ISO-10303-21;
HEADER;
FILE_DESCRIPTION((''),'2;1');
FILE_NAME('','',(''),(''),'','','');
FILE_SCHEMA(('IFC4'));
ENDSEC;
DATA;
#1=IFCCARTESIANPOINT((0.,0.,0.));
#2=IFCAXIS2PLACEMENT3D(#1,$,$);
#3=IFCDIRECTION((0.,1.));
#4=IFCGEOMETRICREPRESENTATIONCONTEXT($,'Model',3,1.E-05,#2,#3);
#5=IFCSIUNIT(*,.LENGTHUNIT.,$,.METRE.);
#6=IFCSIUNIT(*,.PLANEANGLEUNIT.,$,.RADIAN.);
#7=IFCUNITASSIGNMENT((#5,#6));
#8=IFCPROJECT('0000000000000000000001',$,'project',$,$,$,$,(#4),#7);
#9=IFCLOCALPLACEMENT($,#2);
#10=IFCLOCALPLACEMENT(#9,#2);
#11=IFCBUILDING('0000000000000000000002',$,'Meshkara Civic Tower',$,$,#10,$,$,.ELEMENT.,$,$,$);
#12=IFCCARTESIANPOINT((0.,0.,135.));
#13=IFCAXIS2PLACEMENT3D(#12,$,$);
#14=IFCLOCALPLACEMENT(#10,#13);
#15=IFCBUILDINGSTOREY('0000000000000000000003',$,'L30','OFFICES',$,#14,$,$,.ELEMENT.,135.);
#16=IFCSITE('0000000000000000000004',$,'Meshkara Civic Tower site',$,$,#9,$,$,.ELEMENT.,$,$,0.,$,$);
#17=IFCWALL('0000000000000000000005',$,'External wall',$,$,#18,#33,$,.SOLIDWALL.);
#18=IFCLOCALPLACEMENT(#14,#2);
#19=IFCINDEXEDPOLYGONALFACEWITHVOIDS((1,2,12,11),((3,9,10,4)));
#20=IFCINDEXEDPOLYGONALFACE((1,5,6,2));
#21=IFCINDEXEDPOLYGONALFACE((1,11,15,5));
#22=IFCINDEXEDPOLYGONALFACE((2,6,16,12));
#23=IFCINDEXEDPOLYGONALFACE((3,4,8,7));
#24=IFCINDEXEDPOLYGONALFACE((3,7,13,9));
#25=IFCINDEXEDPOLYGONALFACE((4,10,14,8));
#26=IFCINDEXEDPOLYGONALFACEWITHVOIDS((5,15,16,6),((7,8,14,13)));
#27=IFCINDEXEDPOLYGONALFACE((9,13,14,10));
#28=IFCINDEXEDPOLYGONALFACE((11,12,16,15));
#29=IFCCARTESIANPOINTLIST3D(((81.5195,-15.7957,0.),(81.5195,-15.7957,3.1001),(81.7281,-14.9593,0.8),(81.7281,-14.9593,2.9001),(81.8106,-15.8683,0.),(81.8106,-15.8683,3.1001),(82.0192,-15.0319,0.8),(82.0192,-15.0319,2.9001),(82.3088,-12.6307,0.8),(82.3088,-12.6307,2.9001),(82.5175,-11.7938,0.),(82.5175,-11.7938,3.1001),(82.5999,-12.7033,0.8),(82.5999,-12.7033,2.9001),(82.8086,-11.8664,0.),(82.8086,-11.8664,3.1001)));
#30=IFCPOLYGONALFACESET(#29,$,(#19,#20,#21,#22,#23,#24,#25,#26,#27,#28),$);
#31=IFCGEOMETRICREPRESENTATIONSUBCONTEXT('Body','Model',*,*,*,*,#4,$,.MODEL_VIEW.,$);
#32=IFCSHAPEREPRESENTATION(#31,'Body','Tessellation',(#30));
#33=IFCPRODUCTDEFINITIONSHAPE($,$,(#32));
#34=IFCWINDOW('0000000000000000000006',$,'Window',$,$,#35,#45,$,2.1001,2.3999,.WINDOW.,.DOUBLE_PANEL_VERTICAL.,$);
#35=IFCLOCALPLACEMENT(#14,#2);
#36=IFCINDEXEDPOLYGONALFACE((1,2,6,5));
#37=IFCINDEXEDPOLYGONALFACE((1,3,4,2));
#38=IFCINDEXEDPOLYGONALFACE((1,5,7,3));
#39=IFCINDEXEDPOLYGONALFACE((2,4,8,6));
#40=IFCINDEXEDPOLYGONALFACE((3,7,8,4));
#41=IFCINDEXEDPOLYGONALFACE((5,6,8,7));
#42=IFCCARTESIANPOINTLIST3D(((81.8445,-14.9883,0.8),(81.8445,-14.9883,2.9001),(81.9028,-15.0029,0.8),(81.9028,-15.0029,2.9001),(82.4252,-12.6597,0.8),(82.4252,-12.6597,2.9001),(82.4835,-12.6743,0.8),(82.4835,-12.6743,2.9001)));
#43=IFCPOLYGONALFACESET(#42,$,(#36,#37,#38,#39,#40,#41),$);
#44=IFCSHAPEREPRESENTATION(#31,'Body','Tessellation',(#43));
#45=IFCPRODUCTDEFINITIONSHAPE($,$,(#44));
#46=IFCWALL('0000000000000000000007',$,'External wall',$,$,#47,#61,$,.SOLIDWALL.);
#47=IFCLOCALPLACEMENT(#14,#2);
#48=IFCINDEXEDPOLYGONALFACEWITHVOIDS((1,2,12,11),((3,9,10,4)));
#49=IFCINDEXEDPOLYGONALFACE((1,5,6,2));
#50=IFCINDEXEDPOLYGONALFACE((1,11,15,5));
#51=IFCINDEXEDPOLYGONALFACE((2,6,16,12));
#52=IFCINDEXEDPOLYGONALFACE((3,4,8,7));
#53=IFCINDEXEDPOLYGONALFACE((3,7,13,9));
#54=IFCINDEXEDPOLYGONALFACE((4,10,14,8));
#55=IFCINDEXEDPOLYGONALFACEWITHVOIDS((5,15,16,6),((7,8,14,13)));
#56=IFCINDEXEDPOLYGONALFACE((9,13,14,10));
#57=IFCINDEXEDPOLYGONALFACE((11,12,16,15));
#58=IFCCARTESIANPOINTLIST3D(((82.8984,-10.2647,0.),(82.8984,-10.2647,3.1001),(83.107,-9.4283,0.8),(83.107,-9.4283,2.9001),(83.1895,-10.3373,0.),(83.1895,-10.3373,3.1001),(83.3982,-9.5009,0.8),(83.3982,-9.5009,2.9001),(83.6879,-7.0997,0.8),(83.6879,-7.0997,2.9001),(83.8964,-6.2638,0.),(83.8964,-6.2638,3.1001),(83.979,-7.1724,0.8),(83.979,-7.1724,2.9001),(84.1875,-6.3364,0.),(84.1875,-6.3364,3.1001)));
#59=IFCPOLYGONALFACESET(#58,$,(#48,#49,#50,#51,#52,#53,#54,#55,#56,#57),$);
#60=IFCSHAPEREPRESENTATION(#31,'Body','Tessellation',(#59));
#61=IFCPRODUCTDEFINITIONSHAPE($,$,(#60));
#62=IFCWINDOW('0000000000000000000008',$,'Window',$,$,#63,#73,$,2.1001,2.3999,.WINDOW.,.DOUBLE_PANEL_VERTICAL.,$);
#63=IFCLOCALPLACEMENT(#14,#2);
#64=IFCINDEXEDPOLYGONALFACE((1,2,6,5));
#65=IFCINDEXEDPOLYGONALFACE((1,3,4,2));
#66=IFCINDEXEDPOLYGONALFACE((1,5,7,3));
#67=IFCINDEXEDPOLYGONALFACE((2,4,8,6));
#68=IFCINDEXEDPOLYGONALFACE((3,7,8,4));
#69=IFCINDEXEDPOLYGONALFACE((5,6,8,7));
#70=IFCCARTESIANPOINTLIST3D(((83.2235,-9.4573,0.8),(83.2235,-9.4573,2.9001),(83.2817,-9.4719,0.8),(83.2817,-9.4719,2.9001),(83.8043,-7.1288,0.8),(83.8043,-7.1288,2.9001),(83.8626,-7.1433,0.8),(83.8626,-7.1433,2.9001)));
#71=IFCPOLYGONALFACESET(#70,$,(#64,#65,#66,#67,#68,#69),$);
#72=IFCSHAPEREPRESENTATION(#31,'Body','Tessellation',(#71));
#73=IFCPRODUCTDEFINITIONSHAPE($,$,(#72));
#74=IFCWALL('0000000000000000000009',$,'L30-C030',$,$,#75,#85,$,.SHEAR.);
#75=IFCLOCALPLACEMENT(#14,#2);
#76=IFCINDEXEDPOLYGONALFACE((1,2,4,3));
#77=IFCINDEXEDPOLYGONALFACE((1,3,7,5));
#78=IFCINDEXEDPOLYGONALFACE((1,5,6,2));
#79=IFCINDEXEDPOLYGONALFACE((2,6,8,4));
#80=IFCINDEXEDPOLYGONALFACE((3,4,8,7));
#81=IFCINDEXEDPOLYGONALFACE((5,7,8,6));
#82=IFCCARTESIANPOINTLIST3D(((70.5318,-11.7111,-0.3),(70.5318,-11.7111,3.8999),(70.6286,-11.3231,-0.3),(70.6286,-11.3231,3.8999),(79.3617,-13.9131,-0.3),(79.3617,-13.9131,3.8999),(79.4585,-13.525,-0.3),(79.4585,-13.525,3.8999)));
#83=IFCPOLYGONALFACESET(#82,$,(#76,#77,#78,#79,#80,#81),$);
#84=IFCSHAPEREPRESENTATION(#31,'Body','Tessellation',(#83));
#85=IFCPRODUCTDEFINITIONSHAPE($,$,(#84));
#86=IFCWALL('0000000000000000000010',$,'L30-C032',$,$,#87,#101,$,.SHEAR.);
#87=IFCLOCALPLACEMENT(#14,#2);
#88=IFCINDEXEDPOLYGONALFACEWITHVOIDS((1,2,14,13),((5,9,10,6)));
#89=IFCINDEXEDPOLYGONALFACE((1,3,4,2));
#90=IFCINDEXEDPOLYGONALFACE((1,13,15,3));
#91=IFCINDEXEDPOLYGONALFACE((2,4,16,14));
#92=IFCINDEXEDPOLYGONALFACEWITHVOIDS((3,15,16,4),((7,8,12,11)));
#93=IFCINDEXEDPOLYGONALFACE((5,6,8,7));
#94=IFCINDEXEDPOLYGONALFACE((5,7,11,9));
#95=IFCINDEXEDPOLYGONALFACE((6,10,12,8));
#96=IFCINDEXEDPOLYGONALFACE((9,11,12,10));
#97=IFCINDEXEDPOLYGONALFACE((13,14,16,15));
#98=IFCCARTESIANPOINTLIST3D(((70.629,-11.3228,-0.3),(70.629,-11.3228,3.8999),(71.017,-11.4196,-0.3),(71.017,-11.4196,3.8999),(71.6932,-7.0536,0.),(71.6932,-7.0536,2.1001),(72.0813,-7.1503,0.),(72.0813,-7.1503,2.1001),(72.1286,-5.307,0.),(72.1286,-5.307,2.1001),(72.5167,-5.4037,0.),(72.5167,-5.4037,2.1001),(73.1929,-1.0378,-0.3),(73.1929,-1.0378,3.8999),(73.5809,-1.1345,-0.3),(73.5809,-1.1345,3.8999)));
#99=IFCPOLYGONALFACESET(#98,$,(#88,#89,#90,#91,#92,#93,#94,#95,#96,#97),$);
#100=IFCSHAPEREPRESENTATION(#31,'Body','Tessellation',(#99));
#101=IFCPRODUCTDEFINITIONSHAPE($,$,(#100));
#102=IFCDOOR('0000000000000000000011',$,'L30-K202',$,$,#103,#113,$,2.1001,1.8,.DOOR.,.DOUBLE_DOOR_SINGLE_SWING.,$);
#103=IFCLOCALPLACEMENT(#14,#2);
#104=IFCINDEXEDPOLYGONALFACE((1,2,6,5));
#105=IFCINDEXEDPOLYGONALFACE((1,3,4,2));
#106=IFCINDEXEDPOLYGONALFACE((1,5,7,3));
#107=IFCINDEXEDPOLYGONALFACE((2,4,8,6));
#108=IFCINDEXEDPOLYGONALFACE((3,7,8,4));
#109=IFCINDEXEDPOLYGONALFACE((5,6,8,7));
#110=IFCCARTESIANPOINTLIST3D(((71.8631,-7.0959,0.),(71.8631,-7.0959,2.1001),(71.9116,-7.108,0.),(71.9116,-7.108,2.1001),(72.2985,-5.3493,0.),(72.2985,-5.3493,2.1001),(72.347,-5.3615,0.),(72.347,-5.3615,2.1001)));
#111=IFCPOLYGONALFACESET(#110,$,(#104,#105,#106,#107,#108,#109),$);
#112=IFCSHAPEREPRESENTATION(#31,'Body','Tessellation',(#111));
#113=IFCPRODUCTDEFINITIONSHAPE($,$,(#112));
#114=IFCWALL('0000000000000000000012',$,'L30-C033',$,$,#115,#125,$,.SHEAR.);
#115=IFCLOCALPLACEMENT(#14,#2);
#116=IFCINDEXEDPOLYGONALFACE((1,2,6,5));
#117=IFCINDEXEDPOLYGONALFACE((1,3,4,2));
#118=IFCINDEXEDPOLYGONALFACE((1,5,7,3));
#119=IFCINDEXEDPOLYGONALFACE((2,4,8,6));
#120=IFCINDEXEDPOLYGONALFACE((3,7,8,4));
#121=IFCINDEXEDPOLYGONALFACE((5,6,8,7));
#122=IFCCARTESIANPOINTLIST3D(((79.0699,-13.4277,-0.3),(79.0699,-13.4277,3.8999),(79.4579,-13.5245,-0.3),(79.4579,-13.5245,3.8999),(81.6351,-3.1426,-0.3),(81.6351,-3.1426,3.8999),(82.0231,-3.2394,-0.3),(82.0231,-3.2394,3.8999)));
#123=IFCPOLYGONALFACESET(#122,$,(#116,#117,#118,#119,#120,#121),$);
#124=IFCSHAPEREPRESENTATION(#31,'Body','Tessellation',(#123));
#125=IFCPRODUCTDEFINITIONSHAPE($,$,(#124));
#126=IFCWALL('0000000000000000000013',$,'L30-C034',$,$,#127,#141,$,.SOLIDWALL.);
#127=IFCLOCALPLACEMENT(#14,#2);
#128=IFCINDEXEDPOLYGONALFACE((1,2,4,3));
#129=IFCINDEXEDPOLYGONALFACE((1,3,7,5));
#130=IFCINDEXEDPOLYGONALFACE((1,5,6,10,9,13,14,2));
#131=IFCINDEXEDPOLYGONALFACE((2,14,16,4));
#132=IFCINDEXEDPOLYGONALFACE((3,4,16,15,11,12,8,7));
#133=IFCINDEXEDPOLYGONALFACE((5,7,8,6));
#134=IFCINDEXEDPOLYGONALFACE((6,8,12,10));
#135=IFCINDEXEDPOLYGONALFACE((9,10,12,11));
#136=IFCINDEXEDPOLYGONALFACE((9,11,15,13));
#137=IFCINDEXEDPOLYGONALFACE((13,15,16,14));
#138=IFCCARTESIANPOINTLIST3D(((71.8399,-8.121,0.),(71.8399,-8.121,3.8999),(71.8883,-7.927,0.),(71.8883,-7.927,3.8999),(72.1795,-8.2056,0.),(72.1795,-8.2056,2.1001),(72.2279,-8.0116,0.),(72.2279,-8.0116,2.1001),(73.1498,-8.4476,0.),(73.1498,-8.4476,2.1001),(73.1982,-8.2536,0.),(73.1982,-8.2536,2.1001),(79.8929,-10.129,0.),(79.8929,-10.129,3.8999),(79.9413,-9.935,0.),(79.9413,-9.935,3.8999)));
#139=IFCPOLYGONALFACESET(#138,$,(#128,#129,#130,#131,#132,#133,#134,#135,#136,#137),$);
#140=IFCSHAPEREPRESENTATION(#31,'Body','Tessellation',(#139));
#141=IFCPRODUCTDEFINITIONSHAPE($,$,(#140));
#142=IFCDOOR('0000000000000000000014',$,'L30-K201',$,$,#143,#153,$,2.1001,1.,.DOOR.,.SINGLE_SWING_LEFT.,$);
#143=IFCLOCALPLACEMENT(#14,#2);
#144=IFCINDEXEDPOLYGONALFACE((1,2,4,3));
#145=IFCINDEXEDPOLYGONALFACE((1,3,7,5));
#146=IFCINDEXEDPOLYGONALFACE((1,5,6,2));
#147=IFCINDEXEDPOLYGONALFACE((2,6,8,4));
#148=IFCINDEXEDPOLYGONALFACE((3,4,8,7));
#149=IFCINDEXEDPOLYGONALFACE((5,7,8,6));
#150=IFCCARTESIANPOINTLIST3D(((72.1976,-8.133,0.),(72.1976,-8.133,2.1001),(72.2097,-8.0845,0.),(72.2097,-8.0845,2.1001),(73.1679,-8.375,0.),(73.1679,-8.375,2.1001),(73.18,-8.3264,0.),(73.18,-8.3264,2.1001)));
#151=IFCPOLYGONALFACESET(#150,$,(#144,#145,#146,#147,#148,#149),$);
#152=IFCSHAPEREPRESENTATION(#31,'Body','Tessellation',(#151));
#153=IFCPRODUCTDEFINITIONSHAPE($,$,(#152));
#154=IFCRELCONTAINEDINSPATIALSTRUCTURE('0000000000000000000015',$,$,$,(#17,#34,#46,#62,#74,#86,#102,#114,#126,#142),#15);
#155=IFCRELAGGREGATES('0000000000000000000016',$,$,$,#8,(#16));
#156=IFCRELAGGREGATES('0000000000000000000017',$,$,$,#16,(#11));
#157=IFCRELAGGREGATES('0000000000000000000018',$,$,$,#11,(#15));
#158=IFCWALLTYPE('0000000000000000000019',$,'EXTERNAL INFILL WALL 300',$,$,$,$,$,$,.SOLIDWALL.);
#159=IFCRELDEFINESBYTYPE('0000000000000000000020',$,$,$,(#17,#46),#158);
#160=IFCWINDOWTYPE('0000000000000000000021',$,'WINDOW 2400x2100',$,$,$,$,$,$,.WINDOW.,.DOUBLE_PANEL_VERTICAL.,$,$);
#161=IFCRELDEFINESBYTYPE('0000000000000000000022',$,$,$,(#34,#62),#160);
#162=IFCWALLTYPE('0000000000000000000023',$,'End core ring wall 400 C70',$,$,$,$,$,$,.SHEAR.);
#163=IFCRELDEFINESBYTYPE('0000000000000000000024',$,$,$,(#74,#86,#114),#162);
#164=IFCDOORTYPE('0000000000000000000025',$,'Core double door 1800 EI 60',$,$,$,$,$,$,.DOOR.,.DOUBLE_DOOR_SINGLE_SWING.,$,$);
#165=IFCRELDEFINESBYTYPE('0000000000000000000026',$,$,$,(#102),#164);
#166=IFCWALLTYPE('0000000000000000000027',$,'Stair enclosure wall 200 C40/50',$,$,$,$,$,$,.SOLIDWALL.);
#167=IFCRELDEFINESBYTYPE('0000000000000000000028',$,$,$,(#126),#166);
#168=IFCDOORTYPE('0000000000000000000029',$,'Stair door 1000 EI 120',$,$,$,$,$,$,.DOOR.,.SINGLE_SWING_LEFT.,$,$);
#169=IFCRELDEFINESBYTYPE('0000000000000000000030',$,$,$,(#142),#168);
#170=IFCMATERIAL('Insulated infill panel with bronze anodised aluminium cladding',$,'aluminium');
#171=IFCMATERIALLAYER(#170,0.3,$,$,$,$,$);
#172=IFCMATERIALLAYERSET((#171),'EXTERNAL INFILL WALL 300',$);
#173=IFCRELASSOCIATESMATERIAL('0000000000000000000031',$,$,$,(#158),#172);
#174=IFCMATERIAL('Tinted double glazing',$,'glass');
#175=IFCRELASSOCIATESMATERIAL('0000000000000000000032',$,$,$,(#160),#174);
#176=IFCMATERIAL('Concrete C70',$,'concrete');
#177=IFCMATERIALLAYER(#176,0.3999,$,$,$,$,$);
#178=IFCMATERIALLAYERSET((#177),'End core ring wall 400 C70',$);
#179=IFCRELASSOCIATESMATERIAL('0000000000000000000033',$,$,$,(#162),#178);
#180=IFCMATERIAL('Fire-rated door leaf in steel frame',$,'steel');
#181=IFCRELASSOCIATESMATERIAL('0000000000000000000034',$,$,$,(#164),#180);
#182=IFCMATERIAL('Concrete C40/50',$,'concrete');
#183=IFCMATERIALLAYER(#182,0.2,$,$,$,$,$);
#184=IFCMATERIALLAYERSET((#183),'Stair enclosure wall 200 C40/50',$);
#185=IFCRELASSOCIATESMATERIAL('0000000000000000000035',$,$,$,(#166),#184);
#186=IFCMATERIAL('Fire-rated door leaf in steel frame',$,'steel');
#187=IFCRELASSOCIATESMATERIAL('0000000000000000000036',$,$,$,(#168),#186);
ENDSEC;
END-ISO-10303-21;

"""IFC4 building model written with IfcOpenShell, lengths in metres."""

from ifc_helpers import new_model, si_unit, direction, frame, frame_2d, origin, place, context, subcontext, project, spatial, rectangle, extrude, material, layer, layer_set, type_object, element, fill, save


model = new_model("IFC4")

# Units and contexts
model_context = context("Model", 3, precision=1e-05, world=origin(), true_north=direction((0.0, 1.0)))
body_context = subcontext(model_context, "Body", "Model", "MODEL_VIEW")
ifc_project = project(units=[si_unit("LENGTHUNIT", "METRE"), si_unit("PLANEANGLEUNIT", "RADIAN")], contexts=[model_context])

# Site, building, storey
site_placement = place(None, origin())
site = spatial("IfcSite", under=ifc_project, at=site_placement, Name="Meshkara Civic Tower site", CompositionType="ELEMENT", RefElevation=0.0)
building_placement = place(site_placement, origin())
building = spatial("IfcBuilding", under=site, at=building_placement, Name="Meshkara Civic Tower", CompositionType="ELEMENT")
storey_placement = place(building_placement, frame((0.0, 0.0, 135.0)))
storey = spatial("IfcBuildingStorey", under=building, at=storey_placement, Name="L30", Description="OFFICES", CompositionType="ELEMENT", Elevation=135.0)

# Walls, openings, windows
ifc_material_1 = material(Name="Insulated infill panel with bronze anodised aluminium cladding", Category="aluminium")
ifc_layer_1 = layer(ifc_material_1, 0.3)
ifc_layer_set_1 = layer_set([ifc_layer_1], Name="EXTERNAL INFILL WALL 300")
wall_type_1 = type_object("IfcWallType", Name="EXTERNAL INFILL WALL 300", PredefinedType="SOLIDWALL", material=ifc_layer_set_1)
ifc_material_2 = material(Name="Tinted double glazing", Category="glass")
window_type_1 = type_object("IfcWindowType", Name="WINDOW 2400x2100", PartitioningType="DOUBLE_PANEL_VERTICAL", PredefinedType="WINDOW", material=ifc_material_2)
wall_1_placement = place(storey_placement, frame((81.665, -15.832, 0.0), z_axis=(0.0, 0.0, 1.0), x_axis=(0.241978, 0.970282, 0.0)))
wall_1 = element("IfcWall", 1, at=wall_1_placement, inside=storey, type_object=wall_type_1, Name="External wall", PredefinedType="SOLIDWALL", context=body_context, shape_type="SweptSolid", body=[
    extrude(rectangle(XDim=4.1245, YDim=0.3, at=frame_2d((2.0623, 0.0))), origin(), (0.0, 0.0, 1.0), 3.1001),
])
opening_1_placement = place(wall_1_placement, frame((0.8621, 0.0, 0.8)))
opening_1 = element("IfcOpeningElement", 2, at=opening_1_placement, cuts=wall_1, PredefinedType="OPENING", context=body_context, shape_type="SweptSolid", body=[
    extrude(rectangle(XDim=2.3999, YDim=2.1001, at=frame_2d((1.2, 1.05))), frame((0.0, 0.1599, 0.0), z_axis=(0.0, -1.0, 0.0), x_axis=(1.0, 0.0, 0.0)), (0.0, 0.0, 1.0), 0.3201),
])
window_1_placement = place(opening_1_placement, origin())
window_1 = element("IfcWindow", 3, at=window_1_placement, inside=storey, type_object=window_type_1, Name="Window", OverallHeight=2.1001, OverallWidth=2.3999, PartitioningType="DOUBLE_PANEL_VERTICAL", PredefinedType="WINDOW", context=body_context, shape_type="SweptSolid", body=[
    extrude(rectangle(XDim=2.3999, YDim=2.1001, at=frame_2d((1.2, 1.05))), frame((0.0, 0.03, 0.0), z_axis=(0.0, -1.0, 0.0), x_axis=(1.0, 0.0, 0.0)), (0.0, 0.0, 1.0), 0.0601),
])
fill(opening_1, window_1)
wall_2_placement = place(storey_placement, frame((83.0439, -10.301, 0.0), z_axis=(0.0, 0.0, 1.0), x_axis=(0.242034, 0.970268, 0.0)))
wall_2 = element("IfcWall", 4, at=wall_2_placement, inside=storey, type_object=wall_type_1, Name="External wall", PredefinedType="SOLIDWALL", context=body_context, shape_type="SweptSolid", body=[
    extrude(rectangle(XDim=4.1235, YDim=0.3, at=frame_2d((2.0618, 0.0))), origin(), (0.0, 0.0, 1.0), 3.1001),
])
opening_2_placement = place(wall_2_placement, frame((0.8621, 0.0, 0.8)))
opening_2 = element("IfcOpeningElement", 5, at=opening_2_placement, cuts=wall_2, PredefinedType="OPENING", context=body_context, shape_type="SweptSolid", body=[
    extrude(rectangle(XDim=2.3999, YDim=2.1001, at=frame_2d((1.2, 1.05))), frame((0.0, 0.1599, 0.0), z_axis=(0.0, -1.0, 0.0), x_axis=(1.0, 0.0, 0.0)), (0.0, 0.0, 1.0), 0.3201),
])
window_2_placement = place(opening_2_placement, origin())
window_2 = element("IfcWindow", 6, at=window_2_placement, inside=storey, type_object=window_type_1, Name="Window", OverallHeight=2.1001, OverallWidth=2.3999, PartitioningType="DOUBLE_PANEL_VERTICAL", PredefinedType="WINDOW", context=body_context, shape_type="SweptSolid", body=[
    extrude(rectangle(XDim=2.3999, YDim=2.1001, at=frame_2d((1.2, 1.05))), frame((0.0, 0.03, 0.0), z_axis=(0.0, -1.0, 0.0), x_axis=(1.0, 0.0, 0.0)), (0.0, 0.0, 1.0), 0.0601),
])
fill(opening_2, window_2)

# Wall
ifc_material_3 = material(Name="Concrete C70", Category="concrete")
ifc_layer_2 = layer(ifc_material_3, 0.3999)
ifc_layer_set_2 = layer_set([ifc_layer_2], Name="End core ring wall 400 C70")
wall_type_2 = type_object("IfcWallType", Name="End core ring wall 400 C70", PredefinedType="SHEAR", material=ifc_layer_set_2)
wall_3_placement = place(storey_placement, frame((70.5801, -11.5171, -0.3), z_axis=(0.0, 0.0, 1.0), x_axis=(0.970286, -0.241961, 0.0)))
element("IfcWall", 7, at=wall_3_placement, inside=storey, type_object=wall_type_2, Name="L30-C030", PredefinedType="SHEAR", context=body_context, shape_type="SweptSolid", body=[
    extrude(rectangle(XDim=9.1003, YDim=0.3999, at=frame_2d((4.5503, 0.0))), origin(), (0.0, 0.0, 1.0), 4.2),
])

# Wall, opening, door
wall_4_placement = place(storey_placement, frame((70.823, -11.3711, -0.3), z_axis=(0.0, 0.0, 1.0), x_axis=(0.241885, 0.970305, 0.0)))
wall_4 = element("IfcWall", 8, at=wall_4_placement, inside=storey, type_object=wall_type_2, Name="L30-C032", PredefinedType="SHEAR", context=body_context, shape_type="SweptSolid", body=[
    extrude(rectangle(XDim=10.5999, YDim=0.3999, at=frame_2d((5.2998, 0.0))), origin(), (0.0, 0.0, 1.0), 4.2),
])
opening_3_placement = place(wall_4_placement, frame((4.3999, 0.0, 0.3)))
opening_3 = element("IfcOpeningElement", 9, at=opening_3_placement, cuts=wall_4, PredefinedType="OPENING", context=body_context, shape_type="SweptSolid", body=[
    extrude(rectangle(XDim=1.8, YDim=2.1001, at=frame_2d((0.8999, 1.05))), frame((0.0, 0.21, 0.0), z_axis=(0.0, -1.0, 0.0), x_axis=(1.0, 0.0, 0.0)), (0.0, 0.0, 1.0), 0.4199),
])
ifc_material_4 = material(Name="Fire-rated door leaf in steel frame", Category="steel")
door_type_1 = type_object("IfcDoorType", Name="Core double door 1800 EI 60", OperationType="DOUBLE_DOOR_SINGLE_SWING", PredefinedType="DOOR", material=ifc_material_4)
door_1_placement = place(opening_3_placement, origin())
door_1 = element("IfcDoor", 10, at=door_1_placement, inside=storey, type_object=door_type_1, Name="L30-K202", OperationType="DOUBLE_DOOR_SINGLE_SWING", OverallHeight=2.1001, OverallWidth=1.8, PredefinedType="DOOR", context=body_context, shape_type="SweptSolid", body=[
    extrude(rectangle(XDim=1.8, YDim=2.1001, at=frame_2d((0.8999, 1.05))), frame((0.0, 0.0249, 0.0), z_axis=(0.0, -1.0, 0.0), x_axis=(1.0, 0.0, 0.0)), (0.0, 0.0, 1.0), 0.05),
])
fill(opening_3, door_1)

# Wall
wall_5_placement = place(storey_placement, frame((79.2639, -13.4761, -0.3), z_axis=(0.0, 0.0, 1.0), x_axis=(0.241994, 0.970278, 0.0)))
element("IfcWall", 11, at=wall_5_placement, inside=storey, type_object=wall_type_2, Name="L30-C033", PredefinedType="SHEAR", context=body_context, shape_type="SweptSolid", body=[
    extrude(rectangle(XDim=10.6001, YDim=0.3999, at=frame_2d((5.3, 0.0))), origin(), (0.0, 0.0, 1.0), 4.2),
])

# Wall, opening, door
ifc_material_5 = material(Name="Concrete C40/50", Category="concrete")
ifc_layer_3 = layer(ifc_material_5, 0.2)
ifc_layer_set_3 = layer_set([ifc_layer_3], Name="Stair enclosure wall 200 C40/50")
wall_type_3 = type_object("IfcWallType", Name="Stair enclosure wall 200 C40/50", PredefinedType="SOLIDWALL", material=ifc_layer_set_3)
wall_6_placement = place(storey_placement, frame((71.864, -8.0239, 0.0), z_axis=(0.0, 0.0, 1.0), x_axis=(0.970289, -0.241947, 0.0)))
wall_6 = element("IfcWall", 12, at=wall_6_placement, inside=storey, type_object=wall_type_3, Name="L30-C034", PredefinedType="SOLIDWALL", context=body_context, shape_type="SweptSolid", body=[
    extrude(rectangle(XDim=8.2996, YDim=0.2, at=frame_2d((4.1499, 0.0))), origin(), (0.0, 0.0, 1.0), 3.8999),
])
opening_4_placement = place(wall_6_placement, frame((0.3501, 0.0, 0.0)))
opening_4 = element("IfcOpeningElement", 13, at=opening_4_placement, cuts=wall_6, PredefinedType="OPENING", context=body_context, shape_type="SweptSolid", body=[
    extrude(rectangle(XDim=1.0, YDim=2.1001, at=frame_2d((0.5, 1.05))), frame((0.0, 0.1099, 0.0), z_axis=(0.0, -1.0, 0.0), x_axis=(1.0, 0.0, 0.0)), (0.0, 0.0, 1.0), 0.22),
])
ifc_material_6 = material(Name="Fire-rated door leaf in steel frame", Category="steel")
door_type_2 = type_object("IfcDoorType", Name="Stair door 1000 EI 120", OperationType="SINGLE_SWING_LEFT", PredefinedType="DOOR", material=ifc_material_6)
door_2_placement = place(opening_4_placement, origin())
door_2 = element("IfcDoor", 14, at=door_2_placement, inside=storey, type_object=door_type_2, Name="L30-K201", OperationType="SINGLE_SWING_LEFT", OverallHeight=2.1001, OverallWidth=1.0, PredefinedType="DOOR", context=body_context, shape_type="SweptSolid", body=[
    extrude(rectangle(XDim=1.0, YDim=2.1001, at=frame_2d((0.5, 1.05))), frame((0.0, 0.0249, 0.0), z_axis=(0.0, -1.0, 0.0), x_axis=(1.0, 0.0, 0.0)), (0.0, 0.0, 1.0), 0.05),
])
fill(opening_4, door_2)

save(model, "model.ifc")
